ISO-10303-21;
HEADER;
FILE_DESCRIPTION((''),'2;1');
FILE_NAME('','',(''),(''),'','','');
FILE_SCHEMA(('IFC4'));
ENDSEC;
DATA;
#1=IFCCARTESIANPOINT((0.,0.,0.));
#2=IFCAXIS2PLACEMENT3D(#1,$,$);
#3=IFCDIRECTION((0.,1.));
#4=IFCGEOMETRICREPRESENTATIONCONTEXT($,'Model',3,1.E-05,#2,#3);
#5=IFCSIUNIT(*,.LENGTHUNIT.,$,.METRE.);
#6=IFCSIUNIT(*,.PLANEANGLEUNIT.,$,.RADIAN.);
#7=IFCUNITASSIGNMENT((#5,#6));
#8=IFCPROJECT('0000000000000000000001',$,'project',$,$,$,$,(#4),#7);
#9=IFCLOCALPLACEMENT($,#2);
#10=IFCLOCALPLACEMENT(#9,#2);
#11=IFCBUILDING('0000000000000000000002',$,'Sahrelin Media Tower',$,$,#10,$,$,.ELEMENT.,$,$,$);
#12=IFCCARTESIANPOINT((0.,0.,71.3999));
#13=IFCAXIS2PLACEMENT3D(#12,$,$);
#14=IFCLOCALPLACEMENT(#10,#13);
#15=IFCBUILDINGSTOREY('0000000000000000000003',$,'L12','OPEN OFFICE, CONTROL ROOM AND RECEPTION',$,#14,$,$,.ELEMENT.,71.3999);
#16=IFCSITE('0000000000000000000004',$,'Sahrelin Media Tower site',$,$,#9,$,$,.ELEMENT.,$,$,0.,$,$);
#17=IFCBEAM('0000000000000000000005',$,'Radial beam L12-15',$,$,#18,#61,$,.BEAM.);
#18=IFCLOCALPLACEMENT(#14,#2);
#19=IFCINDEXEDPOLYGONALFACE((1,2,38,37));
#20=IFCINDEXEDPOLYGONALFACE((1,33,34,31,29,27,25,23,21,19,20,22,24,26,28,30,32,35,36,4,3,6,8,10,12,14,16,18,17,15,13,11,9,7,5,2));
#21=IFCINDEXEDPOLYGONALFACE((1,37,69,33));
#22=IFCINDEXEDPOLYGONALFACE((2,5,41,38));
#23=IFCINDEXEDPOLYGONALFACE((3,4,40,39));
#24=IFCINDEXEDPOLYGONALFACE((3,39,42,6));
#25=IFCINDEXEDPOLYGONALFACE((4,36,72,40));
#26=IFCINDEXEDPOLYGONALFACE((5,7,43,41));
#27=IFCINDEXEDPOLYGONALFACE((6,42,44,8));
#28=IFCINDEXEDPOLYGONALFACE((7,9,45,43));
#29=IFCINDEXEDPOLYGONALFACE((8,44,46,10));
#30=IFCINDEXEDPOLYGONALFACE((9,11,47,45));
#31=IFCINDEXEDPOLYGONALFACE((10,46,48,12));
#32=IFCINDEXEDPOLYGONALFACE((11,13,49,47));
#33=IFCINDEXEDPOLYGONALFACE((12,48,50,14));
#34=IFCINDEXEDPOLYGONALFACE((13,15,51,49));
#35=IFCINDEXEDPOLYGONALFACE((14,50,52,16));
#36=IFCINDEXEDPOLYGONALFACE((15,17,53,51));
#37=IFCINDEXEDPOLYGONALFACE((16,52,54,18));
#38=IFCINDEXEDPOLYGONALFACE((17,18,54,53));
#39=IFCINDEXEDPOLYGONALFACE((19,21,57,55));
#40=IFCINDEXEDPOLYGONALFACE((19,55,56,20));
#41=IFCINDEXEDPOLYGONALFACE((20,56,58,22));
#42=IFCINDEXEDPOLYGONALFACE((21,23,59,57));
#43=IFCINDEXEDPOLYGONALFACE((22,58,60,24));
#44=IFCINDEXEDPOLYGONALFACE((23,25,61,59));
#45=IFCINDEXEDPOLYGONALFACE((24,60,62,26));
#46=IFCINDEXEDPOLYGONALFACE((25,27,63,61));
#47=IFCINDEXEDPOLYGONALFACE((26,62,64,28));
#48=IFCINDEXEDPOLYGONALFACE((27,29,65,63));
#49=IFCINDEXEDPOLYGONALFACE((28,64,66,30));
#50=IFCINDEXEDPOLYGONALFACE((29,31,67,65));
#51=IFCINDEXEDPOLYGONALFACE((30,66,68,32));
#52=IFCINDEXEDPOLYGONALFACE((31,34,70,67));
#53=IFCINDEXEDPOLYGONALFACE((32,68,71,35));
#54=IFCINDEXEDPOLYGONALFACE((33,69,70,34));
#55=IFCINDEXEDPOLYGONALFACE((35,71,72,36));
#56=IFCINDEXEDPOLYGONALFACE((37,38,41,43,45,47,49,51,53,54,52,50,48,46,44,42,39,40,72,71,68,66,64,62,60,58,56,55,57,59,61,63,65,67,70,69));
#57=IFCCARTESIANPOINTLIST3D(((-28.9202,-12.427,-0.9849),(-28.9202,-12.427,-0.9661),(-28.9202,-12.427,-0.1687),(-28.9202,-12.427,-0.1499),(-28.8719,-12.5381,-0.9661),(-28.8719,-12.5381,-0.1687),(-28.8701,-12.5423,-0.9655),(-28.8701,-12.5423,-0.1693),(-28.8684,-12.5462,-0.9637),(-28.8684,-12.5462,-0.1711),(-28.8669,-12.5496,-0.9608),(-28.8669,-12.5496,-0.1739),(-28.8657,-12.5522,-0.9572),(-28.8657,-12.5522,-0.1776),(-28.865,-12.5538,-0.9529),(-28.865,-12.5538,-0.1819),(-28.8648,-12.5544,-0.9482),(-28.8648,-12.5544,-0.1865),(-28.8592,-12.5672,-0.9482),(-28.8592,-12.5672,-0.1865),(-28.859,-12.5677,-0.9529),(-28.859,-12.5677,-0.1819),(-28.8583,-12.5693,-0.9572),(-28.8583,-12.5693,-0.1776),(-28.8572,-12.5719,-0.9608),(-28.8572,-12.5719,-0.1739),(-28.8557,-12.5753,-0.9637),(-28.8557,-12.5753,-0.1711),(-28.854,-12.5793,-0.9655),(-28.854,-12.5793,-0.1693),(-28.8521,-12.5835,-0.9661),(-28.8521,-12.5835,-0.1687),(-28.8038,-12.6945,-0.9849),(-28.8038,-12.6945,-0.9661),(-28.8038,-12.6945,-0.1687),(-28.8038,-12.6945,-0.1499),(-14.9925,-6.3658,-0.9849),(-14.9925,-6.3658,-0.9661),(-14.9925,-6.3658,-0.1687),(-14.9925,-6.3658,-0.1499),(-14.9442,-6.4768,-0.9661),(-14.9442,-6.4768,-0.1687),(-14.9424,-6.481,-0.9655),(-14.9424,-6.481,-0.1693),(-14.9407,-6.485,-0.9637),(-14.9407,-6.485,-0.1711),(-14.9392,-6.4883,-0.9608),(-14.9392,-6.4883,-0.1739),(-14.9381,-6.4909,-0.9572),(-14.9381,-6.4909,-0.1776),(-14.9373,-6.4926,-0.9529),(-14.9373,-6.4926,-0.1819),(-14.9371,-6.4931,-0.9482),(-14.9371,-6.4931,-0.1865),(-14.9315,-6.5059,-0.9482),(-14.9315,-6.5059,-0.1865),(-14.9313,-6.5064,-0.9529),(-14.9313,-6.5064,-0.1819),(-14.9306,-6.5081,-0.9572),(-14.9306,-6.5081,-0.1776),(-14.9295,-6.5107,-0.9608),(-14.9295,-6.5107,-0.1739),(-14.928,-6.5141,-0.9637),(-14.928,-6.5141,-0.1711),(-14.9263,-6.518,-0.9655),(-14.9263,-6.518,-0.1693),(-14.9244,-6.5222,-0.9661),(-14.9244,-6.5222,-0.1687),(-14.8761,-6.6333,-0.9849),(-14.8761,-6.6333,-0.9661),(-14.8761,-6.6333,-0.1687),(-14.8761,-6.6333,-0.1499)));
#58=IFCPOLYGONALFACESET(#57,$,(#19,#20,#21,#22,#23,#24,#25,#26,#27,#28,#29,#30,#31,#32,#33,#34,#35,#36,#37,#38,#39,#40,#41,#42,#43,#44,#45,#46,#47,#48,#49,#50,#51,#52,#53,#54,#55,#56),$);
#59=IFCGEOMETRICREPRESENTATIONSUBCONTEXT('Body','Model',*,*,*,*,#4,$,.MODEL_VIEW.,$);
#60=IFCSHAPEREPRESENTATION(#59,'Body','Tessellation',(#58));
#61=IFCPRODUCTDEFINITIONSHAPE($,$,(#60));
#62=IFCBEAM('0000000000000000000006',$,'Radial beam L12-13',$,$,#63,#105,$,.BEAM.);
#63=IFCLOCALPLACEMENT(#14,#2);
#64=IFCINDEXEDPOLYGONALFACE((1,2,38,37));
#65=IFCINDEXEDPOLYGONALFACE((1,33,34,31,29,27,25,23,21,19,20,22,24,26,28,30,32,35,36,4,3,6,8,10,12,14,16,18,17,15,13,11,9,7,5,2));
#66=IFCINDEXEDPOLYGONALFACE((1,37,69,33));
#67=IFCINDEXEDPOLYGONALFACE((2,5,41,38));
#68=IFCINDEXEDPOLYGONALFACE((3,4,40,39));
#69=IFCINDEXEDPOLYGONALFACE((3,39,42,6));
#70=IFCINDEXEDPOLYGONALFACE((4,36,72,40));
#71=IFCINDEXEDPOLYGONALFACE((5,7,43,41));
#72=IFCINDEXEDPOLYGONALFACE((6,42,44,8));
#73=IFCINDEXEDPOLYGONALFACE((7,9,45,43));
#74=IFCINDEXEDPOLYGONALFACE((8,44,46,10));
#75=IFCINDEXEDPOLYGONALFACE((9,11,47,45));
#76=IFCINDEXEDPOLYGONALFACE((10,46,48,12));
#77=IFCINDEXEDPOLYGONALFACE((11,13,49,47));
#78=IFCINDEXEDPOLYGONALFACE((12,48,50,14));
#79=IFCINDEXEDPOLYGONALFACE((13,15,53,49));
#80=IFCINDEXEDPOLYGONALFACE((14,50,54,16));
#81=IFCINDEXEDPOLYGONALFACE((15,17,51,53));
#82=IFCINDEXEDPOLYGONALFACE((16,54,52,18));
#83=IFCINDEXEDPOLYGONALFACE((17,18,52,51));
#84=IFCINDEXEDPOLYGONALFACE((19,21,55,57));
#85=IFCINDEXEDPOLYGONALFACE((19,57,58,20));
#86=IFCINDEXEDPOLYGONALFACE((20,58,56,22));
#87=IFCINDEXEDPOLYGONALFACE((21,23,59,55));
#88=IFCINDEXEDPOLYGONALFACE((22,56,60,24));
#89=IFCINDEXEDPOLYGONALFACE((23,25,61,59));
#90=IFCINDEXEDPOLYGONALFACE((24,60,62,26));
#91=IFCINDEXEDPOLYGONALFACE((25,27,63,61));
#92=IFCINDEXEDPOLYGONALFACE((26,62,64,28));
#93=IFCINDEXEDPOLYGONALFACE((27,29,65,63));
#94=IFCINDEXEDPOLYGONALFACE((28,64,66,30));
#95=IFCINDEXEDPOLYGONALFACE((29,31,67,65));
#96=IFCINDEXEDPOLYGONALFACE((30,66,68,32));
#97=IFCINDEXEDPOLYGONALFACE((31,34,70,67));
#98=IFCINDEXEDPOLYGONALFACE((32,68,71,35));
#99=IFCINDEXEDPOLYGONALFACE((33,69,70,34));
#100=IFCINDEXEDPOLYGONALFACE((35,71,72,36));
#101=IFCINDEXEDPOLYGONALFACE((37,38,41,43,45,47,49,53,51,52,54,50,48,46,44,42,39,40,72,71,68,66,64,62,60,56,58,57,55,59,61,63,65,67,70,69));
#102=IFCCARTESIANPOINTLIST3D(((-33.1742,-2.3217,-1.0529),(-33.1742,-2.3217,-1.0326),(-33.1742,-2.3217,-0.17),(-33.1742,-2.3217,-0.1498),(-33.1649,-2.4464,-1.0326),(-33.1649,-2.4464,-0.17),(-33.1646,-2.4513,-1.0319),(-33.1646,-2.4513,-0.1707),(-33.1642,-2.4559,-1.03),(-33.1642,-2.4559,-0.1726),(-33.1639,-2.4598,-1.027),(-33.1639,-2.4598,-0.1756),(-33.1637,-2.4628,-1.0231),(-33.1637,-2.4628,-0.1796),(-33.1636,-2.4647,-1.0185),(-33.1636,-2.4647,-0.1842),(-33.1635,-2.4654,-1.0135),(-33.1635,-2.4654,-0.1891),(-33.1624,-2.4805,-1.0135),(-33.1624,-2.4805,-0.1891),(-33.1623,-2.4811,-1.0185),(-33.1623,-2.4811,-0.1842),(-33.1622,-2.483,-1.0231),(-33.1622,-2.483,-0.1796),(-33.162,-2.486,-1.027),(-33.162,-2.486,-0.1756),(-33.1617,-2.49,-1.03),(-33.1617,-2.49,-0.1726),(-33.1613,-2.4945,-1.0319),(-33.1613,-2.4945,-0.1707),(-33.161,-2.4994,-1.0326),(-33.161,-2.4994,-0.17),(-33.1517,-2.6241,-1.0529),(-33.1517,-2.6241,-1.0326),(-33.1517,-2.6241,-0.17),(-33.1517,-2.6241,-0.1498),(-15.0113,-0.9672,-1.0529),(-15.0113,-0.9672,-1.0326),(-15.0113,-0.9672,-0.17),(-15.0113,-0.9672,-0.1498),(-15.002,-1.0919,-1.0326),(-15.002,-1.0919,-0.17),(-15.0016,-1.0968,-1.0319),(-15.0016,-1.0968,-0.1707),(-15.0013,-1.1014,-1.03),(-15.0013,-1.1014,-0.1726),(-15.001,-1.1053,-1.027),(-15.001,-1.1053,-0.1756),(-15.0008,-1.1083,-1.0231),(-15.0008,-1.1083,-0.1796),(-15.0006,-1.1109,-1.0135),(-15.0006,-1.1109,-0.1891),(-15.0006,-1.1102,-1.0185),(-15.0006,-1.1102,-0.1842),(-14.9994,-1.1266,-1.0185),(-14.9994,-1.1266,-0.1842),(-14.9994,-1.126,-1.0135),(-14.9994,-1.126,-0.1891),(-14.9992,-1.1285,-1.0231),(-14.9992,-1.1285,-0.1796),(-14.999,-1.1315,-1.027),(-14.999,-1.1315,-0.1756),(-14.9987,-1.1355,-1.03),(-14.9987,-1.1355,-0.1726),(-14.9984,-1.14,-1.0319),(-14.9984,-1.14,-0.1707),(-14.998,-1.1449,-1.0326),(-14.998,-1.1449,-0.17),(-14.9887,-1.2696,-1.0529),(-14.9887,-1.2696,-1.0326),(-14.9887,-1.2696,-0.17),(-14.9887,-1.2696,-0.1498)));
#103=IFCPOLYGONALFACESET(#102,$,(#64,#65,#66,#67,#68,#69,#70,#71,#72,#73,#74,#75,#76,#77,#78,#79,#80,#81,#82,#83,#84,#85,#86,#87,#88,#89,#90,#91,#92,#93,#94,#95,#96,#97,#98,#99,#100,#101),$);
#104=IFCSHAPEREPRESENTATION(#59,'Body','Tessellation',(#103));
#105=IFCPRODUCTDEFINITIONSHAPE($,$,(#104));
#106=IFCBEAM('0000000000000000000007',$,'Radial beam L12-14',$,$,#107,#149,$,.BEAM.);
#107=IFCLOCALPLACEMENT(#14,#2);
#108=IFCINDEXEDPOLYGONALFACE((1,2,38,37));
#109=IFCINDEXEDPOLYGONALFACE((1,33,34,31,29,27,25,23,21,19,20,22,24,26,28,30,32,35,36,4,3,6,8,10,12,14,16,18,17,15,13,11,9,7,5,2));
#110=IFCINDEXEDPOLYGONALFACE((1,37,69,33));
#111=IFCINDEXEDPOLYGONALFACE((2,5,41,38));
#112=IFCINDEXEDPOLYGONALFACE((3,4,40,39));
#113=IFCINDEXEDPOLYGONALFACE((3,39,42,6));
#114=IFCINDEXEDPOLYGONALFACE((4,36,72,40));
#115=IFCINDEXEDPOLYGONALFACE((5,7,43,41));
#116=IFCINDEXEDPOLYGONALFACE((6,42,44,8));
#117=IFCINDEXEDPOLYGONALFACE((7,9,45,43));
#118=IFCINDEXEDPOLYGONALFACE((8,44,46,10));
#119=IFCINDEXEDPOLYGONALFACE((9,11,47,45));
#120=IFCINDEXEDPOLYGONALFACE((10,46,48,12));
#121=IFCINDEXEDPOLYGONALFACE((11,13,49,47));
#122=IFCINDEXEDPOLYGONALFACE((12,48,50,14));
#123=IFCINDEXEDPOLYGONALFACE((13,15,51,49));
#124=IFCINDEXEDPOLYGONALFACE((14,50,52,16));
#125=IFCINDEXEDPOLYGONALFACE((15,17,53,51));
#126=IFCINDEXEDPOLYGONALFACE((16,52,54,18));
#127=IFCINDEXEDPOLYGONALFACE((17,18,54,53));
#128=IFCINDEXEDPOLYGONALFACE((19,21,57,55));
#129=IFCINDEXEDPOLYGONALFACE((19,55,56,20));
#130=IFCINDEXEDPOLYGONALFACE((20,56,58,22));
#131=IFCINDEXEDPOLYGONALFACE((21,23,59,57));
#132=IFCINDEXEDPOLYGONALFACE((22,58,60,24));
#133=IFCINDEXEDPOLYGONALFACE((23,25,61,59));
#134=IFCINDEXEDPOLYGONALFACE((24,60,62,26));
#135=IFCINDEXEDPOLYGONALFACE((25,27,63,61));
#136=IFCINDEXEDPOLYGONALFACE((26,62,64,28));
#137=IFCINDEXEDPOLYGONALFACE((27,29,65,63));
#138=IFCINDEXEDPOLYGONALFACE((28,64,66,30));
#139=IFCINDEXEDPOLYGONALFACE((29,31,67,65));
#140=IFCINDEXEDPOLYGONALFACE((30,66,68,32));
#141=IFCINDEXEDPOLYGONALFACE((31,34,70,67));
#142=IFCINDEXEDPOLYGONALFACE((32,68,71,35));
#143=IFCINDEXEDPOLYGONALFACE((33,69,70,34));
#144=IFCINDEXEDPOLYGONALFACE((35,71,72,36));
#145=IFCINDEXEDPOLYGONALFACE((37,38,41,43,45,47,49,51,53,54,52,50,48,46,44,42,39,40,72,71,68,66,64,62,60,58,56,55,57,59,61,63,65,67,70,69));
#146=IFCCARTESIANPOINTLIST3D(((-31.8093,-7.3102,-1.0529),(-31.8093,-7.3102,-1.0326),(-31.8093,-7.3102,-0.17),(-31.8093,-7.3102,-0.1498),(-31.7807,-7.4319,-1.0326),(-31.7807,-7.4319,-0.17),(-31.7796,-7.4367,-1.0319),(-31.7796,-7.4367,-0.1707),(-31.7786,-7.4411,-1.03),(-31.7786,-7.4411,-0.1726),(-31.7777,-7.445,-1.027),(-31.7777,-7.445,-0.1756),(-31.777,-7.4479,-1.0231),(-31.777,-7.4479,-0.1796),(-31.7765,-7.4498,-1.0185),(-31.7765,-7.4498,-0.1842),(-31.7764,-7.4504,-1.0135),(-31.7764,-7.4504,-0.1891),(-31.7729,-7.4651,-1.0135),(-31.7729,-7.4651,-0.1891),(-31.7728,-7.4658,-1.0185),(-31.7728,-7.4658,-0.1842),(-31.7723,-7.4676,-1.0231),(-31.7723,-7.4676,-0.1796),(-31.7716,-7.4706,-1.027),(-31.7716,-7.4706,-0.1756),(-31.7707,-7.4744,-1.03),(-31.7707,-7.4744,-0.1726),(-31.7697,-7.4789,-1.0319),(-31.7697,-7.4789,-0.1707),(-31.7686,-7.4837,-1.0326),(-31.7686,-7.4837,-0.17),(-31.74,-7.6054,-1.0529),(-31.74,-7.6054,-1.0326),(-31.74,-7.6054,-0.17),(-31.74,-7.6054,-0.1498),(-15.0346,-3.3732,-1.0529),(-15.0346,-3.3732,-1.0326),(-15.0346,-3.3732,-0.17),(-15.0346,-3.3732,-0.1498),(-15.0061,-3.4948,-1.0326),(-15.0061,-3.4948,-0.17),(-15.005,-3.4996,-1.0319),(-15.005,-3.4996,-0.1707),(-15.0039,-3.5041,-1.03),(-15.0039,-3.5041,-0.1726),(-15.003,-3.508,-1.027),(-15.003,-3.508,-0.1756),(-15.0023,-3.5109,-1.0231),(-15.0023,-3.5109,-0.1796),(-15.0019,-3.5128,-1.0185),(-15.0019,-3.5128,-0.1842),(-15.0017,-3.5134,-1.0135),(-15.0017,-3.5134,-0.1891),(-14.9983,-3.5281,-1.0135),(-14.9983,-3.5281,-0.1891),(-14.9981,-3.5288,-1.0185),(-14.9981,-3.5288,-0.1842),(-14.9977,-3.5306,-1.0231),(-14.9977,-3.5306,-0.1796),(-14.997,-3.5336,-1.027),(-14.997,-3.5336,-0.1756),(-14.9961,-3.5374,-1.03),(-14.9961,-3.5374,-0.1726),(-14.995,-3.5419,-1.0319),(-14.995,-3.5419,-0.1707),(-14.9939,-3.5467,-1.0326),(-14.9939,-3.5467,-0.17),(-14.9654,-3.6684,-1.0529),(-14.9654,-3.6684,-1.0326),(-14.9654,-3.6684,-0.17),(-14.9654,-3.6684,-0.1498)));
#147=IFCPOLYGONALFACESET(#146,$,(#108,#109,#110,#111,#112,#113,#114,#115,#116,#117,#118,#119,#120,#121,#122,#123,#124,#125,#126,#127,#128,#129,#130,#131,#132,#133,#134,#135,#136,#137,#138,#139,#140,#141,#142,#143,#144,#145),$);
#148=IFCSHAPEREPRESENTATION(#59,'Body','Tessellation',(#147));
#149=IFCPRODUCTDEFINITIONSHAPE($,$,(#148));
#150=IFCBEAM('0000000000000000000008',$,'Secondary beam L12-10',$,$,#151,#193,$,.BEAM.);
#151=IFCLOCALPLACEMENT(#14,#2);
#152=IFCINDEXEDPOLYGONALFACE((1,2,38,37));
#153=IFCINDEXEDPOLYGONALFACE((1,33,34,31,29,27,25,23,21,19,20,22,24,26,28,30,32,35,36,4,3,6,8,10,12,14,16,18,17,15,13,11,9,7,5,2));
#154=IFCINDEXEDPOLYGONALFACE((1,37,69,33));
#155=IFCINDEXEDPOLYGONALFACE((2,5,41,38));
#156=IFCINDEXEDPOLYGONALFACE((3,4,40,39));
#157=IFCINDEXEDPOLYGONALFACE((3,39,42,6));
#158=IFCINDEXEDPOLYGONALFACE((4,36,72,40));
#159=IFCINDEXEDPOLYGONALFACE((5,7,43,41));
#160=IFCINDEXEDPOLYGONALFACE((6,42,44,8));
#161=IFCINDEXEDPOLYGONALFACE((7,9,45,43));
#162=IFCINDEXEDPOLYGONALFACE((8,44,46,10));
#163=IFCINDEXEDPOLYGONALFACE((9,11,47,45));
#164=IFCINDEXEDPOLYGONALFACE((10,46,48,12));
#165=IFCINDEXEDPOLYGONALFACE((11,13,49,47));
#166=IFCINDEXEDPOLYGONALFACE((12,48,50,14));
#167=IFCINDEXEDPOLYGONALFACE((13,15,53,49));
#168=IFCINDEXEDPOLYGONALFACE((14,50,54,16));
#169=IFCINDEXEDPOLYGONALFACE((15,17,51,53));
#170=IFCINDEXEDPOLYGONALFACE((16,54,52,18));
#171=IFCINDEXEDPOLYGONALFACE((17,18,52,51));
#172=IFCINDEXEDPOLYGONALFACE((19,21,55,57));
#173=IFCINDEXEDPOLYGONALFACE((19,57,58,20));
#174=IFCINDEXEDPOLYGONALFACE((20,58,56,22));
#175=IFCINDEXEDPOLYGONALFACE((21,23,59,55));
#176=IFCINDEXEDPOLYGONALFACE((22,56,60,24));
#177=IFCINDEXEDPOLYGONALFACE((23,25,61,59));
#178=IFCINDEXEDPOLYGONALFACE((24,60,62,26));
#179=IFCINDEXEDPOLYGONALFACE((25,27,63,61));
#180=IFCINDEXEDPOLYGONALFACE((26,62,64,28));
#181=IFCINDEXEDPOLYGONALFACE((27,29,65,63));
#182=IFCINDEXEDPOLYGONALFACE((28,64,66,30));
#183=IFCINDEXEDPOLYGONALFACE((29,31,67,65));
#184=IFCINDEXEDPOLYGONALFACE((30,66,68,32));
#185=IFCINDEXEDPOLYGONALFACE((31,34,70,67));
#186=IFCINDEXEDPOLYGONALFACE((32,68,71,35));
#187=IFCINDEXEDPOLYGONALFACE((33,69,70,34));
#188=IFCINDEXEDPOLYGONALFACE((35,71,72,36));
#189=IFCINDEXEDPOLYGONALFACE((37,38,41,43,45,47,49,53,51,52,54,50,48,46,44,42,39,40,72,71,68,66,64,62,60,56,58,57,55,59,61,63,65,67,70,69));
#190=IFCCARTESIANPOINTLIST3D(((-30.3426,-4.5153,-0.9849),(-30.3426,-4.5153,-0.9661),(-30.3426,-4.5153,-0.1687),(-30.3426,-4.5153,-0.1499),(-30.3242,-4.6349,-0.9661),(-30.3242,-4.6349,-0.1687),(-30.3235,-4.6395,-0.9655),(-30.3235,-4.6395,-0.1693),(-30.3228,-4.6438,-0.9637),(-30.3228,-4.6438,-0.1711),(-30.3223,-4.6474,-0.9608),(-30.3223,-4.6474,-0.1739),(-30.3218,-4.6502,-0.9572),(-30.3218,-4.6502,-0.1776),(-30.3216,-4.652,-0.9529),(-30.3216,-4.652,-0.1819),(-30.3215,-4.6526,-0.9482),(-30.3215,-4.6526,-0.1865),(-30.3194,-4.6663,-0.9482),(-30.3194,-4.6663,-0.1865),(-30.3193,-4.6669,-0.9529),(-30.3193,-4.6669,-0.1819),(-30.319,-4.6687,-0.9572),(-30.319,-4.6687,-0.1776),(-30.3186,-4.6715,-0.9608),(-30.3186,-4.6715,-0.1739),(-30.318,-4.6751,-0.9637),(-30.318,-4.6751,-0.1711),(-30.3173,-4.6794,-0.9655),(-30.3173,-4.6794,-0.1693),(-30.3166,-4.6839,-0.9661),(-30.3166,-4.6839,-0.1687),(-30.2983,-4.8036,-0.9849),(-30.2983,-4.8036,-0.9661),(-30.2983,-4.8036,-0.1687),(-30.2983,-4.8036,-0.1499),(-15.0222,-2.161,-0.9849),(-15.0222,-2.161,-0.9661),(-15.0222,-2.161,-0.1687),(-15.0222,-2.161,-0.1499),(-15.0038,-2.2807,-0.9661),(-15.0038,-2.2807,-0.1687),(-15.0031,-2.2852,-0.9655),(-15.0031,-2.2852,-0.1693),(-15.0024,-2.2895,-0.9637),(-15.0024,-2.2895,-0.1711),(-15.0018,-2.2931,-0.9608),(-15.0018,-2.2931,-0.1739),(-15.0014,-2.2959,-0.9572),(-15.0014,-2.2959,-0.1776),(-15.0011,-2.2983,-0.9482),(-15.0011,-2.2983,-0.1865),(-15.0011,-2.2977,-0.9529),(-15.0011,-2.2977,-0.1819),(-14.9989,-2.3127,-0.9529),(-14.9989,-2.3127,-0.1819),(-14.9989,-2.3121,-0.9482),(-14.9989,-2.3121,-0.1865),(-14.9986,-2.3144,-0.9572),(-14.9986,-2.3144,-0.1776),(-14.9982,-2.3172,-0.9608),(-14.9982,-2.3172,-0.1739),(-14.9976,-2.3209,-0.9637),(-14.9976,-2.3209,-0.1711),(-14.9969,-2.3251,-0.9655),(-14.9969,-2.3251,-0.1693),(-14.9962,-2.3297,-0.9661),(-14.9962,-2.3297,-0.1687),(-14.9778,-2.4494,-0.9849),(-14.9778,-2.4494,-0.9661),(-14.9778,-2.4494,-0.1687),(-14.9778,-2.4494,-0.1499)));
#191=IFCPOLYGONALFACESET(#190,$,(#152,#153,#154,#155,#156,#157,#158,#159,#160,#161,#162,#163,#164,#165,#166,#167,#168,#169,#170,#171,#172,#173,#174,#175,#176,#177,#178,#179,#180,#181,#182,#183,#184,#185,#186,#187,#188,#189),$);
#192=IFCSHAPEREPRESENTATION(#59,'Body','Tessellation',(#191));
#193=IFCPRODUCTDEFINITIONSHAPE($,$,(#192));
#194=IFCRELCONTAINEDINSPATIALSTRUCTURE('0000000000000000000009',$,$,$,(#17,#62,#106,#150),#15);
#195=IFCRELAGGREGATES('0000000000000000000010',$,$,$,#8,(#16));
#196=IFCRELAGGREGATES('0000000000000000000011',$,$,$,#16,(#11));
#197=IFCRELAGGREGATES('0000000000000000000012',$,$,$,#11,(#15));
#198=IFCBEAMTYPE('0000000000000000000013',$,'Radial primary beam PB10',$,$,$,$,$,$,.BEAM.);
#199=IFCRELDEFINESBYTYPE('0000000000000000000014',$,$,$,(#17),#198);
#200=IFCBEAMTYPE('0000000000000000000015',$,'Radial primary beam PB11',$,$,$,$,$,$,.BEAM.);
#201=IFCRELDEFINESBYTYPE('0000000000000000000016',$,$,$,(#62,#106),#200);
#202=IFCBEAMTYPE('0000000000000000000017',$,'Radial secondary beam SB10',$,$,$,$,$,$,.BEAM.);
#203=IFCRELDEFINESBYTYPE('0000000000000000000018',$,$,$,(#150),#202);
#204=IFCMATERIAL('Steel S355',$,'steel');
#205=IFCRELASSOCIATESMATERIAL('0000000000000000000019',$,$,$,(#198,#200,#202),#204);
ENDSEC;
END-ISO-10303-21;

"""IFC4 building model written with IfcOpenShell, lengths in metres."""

from ifc_helpers import new_model, si_unit, direction, frame, origin, origin_2d, place, context, subcontext, project, spatial, i_section, extrude, material, material_profile, profile_set, type_object, element, save


model = new_model("IFC4")

# Units and contexts
model_context = context("Model", 3, precision=1e-05, world=origin(), true_north=direction((0.0, 1.0)))
body_context = subcontext(model_context, "Body", "Model", "MODEL_VIEW")
ifc_project = project(units=[si_unit("LENGTHUNIT", "METRE"), si_unit("PLANEANGLEUNIT", "RADIAN")], contexts=[model_context])

# Site, building, storey
site_placement = place(None, origin())
site = spatial("IfcSite", under=ifc_project, at=site_placement, Name="Sahrelin Media Tower site", CompositionType="ELEMENT", RefElevation=0.0)
building_placement = place(site_placement, origin())
building = spatial("IfcBuilding", under=site, at=building_placement, Name="Sahrelin Media Tower", CompositionType="ELEMENT")
storey_placement = place(building_placement, frame((0.0, 0.0, 71.3999)))
storey = spatial("IfcBuildingStorey", under=building, at=storey_placement, Name="L12", Description="OPEN OFFICE, CONTROL ROOM AND RECEPTION", CompositionType="ELEMENT", Elevation=71.3999)

# Beams
ifc_material_1 = material(Name="Steel S355", Category="steel")
ifc_material_profile_1 = material_profile(ifc_material_1, i_section(OverallWidth=0.2917, OverallDepth=0.835, WebThickness=0.0139, FlangeThickness=0.0188, FilletRadius=0.0178, at=origin_2d()), Name="UB 838x292x176")
ifc_profile_set_1 = profile_set([ifc_material_profile_1], Name="Steel S355")
beam_type_1 = type_object("IfcBeamType", Name="Radial primary beam PB10", PredefinedType="BEAM", material=ifc_profile_set_1)
beam_1_placement = place(storey_placement, frame((-14.9343, -6.4995, -0.5674), z_axis=(-0.916932, -0.399044, 0.0), x_axis=(0.399044, -0.916932, 0.0)))
element("IfcBeam", 1, at=beam_1_placement, inside=storey, type_object=beam_type_1, Name="Radial beam L12-15", PredefinedType="BEAM", context=body_context, shape_type="SweptSolid", body=[
    extrude(i_section(OverallWidth=0.2917, OverallDepth=0.835, WebThickness=0.0139, FlangeThickness=0.0188, FilletRadius=0.0178, at=origin_2d()), origin(), (0.0, 0.0, 1.0), 15.1895),
])
ifc_material_profile_2 = material_profile(ifc_material_1, i_section(OverallWidth=0.3032, OverallDepth=0.9031, WebThickness=0.0151, FlangeThickness=0.0203, FilletRadius=0.019, at=origin_2d()), Name="UB 914x305x201")
ifc_profile_set_2 = profile_set([ifc_material_profile_2], Name="Steel S355")
beam_type_2 = type_object("IfcBeamType", Name="Radial primary beam PB11", PredefinedType="BEAM", material=ifc_profile_set_2)
beam_2_placement = place(storey_placement, frame((-15.0, -1.1184, -0.6013), z_axis=(-0.997231, -0.074368, 0.0), x_axis=(0.074368, -0.997231, 0.0)))
element("IfcBeam", 2, at=beam_2_placement, inside=storey, type_object=beam_type_2, Name="Radial beam L12-13", PredefinedType="BEAM", context=body_context, shape_type="SweptSolid", body=[
    extrude(i_section(OverallWidth=0.3032, OverallDepth=0.9031, WebThickness=0.0151, FlangeThickness=0.0203, FilletRadius=0.019, at=origin_2d()), origin(), (0.0, 0.0, 1.0), 18.2134),
])
beam_3_placement = place(storey_placement, frame((-15.0, -3.5208, -0.6013), z_axis=(-0.973546, -0.228491, 0.0), x_axis=(0.228491, -0.973546, 0.0)))
element("IfcBeam", 3, at=beam_3_placement, inside=storey, type_object=beam_type_2, Name="Radial beam L12-14", PredefinedType="BEAM", context=body_context, shape_type="SweptSolid", body=[
    extrude(i_section(OverallWidth=0.3032, OverallDepth=0.9031, WebThickness=0.0151, FlangeThickness=0.0203, FilletRadius=0.019, at=origin_2d()), origin(), (0.0, 0.0, 1.0), 17.2305),
])
ifc_material_profile_3 = material_profile(ifc_material_1, i_section(OverallWidth=0.2917, OverallDepth=0.835, WebThickness=0.0139, FlangeThickness=0.0188, FilletRadius=0.0178, at=origin_2d()), Name="UB 838x292x176")
ifc_profile_set_3 = profile_set([ifc_material_profile_3], Name="Steel S355")
beam_type_3 = type_object("IfcBeamType", Name="Radial secondary beam SB10", PredefinedType="BEAM", material=ifc_profile_set_3)
beam_4_placement = place(storey_placement, frame((-15.0, -2.3052, -0.5674), z_axis=(-0.988398, -0.151886, 0.0), x_axis=(0.151886, -0.988398, 0.0)))
element("IfcBeam", 4, at=beam_4_placement, inside=storey, type_object=beam_type_3, Name="Secondary beam L12-10", PredefinedType="BEAM", context=body_context, shape_type="SweptSolid", body=[
    extrude(i_section(OverallWidth=0.2917, OverallDepth=0.835, WebThickness=0.0139, FlangeThickness=0.0188, FilletRadius=0.0178, at=origin_2d()), origin(), (0.0, 0.0, 1.0), 15.5002),
])

save(model, "model.ifc")
